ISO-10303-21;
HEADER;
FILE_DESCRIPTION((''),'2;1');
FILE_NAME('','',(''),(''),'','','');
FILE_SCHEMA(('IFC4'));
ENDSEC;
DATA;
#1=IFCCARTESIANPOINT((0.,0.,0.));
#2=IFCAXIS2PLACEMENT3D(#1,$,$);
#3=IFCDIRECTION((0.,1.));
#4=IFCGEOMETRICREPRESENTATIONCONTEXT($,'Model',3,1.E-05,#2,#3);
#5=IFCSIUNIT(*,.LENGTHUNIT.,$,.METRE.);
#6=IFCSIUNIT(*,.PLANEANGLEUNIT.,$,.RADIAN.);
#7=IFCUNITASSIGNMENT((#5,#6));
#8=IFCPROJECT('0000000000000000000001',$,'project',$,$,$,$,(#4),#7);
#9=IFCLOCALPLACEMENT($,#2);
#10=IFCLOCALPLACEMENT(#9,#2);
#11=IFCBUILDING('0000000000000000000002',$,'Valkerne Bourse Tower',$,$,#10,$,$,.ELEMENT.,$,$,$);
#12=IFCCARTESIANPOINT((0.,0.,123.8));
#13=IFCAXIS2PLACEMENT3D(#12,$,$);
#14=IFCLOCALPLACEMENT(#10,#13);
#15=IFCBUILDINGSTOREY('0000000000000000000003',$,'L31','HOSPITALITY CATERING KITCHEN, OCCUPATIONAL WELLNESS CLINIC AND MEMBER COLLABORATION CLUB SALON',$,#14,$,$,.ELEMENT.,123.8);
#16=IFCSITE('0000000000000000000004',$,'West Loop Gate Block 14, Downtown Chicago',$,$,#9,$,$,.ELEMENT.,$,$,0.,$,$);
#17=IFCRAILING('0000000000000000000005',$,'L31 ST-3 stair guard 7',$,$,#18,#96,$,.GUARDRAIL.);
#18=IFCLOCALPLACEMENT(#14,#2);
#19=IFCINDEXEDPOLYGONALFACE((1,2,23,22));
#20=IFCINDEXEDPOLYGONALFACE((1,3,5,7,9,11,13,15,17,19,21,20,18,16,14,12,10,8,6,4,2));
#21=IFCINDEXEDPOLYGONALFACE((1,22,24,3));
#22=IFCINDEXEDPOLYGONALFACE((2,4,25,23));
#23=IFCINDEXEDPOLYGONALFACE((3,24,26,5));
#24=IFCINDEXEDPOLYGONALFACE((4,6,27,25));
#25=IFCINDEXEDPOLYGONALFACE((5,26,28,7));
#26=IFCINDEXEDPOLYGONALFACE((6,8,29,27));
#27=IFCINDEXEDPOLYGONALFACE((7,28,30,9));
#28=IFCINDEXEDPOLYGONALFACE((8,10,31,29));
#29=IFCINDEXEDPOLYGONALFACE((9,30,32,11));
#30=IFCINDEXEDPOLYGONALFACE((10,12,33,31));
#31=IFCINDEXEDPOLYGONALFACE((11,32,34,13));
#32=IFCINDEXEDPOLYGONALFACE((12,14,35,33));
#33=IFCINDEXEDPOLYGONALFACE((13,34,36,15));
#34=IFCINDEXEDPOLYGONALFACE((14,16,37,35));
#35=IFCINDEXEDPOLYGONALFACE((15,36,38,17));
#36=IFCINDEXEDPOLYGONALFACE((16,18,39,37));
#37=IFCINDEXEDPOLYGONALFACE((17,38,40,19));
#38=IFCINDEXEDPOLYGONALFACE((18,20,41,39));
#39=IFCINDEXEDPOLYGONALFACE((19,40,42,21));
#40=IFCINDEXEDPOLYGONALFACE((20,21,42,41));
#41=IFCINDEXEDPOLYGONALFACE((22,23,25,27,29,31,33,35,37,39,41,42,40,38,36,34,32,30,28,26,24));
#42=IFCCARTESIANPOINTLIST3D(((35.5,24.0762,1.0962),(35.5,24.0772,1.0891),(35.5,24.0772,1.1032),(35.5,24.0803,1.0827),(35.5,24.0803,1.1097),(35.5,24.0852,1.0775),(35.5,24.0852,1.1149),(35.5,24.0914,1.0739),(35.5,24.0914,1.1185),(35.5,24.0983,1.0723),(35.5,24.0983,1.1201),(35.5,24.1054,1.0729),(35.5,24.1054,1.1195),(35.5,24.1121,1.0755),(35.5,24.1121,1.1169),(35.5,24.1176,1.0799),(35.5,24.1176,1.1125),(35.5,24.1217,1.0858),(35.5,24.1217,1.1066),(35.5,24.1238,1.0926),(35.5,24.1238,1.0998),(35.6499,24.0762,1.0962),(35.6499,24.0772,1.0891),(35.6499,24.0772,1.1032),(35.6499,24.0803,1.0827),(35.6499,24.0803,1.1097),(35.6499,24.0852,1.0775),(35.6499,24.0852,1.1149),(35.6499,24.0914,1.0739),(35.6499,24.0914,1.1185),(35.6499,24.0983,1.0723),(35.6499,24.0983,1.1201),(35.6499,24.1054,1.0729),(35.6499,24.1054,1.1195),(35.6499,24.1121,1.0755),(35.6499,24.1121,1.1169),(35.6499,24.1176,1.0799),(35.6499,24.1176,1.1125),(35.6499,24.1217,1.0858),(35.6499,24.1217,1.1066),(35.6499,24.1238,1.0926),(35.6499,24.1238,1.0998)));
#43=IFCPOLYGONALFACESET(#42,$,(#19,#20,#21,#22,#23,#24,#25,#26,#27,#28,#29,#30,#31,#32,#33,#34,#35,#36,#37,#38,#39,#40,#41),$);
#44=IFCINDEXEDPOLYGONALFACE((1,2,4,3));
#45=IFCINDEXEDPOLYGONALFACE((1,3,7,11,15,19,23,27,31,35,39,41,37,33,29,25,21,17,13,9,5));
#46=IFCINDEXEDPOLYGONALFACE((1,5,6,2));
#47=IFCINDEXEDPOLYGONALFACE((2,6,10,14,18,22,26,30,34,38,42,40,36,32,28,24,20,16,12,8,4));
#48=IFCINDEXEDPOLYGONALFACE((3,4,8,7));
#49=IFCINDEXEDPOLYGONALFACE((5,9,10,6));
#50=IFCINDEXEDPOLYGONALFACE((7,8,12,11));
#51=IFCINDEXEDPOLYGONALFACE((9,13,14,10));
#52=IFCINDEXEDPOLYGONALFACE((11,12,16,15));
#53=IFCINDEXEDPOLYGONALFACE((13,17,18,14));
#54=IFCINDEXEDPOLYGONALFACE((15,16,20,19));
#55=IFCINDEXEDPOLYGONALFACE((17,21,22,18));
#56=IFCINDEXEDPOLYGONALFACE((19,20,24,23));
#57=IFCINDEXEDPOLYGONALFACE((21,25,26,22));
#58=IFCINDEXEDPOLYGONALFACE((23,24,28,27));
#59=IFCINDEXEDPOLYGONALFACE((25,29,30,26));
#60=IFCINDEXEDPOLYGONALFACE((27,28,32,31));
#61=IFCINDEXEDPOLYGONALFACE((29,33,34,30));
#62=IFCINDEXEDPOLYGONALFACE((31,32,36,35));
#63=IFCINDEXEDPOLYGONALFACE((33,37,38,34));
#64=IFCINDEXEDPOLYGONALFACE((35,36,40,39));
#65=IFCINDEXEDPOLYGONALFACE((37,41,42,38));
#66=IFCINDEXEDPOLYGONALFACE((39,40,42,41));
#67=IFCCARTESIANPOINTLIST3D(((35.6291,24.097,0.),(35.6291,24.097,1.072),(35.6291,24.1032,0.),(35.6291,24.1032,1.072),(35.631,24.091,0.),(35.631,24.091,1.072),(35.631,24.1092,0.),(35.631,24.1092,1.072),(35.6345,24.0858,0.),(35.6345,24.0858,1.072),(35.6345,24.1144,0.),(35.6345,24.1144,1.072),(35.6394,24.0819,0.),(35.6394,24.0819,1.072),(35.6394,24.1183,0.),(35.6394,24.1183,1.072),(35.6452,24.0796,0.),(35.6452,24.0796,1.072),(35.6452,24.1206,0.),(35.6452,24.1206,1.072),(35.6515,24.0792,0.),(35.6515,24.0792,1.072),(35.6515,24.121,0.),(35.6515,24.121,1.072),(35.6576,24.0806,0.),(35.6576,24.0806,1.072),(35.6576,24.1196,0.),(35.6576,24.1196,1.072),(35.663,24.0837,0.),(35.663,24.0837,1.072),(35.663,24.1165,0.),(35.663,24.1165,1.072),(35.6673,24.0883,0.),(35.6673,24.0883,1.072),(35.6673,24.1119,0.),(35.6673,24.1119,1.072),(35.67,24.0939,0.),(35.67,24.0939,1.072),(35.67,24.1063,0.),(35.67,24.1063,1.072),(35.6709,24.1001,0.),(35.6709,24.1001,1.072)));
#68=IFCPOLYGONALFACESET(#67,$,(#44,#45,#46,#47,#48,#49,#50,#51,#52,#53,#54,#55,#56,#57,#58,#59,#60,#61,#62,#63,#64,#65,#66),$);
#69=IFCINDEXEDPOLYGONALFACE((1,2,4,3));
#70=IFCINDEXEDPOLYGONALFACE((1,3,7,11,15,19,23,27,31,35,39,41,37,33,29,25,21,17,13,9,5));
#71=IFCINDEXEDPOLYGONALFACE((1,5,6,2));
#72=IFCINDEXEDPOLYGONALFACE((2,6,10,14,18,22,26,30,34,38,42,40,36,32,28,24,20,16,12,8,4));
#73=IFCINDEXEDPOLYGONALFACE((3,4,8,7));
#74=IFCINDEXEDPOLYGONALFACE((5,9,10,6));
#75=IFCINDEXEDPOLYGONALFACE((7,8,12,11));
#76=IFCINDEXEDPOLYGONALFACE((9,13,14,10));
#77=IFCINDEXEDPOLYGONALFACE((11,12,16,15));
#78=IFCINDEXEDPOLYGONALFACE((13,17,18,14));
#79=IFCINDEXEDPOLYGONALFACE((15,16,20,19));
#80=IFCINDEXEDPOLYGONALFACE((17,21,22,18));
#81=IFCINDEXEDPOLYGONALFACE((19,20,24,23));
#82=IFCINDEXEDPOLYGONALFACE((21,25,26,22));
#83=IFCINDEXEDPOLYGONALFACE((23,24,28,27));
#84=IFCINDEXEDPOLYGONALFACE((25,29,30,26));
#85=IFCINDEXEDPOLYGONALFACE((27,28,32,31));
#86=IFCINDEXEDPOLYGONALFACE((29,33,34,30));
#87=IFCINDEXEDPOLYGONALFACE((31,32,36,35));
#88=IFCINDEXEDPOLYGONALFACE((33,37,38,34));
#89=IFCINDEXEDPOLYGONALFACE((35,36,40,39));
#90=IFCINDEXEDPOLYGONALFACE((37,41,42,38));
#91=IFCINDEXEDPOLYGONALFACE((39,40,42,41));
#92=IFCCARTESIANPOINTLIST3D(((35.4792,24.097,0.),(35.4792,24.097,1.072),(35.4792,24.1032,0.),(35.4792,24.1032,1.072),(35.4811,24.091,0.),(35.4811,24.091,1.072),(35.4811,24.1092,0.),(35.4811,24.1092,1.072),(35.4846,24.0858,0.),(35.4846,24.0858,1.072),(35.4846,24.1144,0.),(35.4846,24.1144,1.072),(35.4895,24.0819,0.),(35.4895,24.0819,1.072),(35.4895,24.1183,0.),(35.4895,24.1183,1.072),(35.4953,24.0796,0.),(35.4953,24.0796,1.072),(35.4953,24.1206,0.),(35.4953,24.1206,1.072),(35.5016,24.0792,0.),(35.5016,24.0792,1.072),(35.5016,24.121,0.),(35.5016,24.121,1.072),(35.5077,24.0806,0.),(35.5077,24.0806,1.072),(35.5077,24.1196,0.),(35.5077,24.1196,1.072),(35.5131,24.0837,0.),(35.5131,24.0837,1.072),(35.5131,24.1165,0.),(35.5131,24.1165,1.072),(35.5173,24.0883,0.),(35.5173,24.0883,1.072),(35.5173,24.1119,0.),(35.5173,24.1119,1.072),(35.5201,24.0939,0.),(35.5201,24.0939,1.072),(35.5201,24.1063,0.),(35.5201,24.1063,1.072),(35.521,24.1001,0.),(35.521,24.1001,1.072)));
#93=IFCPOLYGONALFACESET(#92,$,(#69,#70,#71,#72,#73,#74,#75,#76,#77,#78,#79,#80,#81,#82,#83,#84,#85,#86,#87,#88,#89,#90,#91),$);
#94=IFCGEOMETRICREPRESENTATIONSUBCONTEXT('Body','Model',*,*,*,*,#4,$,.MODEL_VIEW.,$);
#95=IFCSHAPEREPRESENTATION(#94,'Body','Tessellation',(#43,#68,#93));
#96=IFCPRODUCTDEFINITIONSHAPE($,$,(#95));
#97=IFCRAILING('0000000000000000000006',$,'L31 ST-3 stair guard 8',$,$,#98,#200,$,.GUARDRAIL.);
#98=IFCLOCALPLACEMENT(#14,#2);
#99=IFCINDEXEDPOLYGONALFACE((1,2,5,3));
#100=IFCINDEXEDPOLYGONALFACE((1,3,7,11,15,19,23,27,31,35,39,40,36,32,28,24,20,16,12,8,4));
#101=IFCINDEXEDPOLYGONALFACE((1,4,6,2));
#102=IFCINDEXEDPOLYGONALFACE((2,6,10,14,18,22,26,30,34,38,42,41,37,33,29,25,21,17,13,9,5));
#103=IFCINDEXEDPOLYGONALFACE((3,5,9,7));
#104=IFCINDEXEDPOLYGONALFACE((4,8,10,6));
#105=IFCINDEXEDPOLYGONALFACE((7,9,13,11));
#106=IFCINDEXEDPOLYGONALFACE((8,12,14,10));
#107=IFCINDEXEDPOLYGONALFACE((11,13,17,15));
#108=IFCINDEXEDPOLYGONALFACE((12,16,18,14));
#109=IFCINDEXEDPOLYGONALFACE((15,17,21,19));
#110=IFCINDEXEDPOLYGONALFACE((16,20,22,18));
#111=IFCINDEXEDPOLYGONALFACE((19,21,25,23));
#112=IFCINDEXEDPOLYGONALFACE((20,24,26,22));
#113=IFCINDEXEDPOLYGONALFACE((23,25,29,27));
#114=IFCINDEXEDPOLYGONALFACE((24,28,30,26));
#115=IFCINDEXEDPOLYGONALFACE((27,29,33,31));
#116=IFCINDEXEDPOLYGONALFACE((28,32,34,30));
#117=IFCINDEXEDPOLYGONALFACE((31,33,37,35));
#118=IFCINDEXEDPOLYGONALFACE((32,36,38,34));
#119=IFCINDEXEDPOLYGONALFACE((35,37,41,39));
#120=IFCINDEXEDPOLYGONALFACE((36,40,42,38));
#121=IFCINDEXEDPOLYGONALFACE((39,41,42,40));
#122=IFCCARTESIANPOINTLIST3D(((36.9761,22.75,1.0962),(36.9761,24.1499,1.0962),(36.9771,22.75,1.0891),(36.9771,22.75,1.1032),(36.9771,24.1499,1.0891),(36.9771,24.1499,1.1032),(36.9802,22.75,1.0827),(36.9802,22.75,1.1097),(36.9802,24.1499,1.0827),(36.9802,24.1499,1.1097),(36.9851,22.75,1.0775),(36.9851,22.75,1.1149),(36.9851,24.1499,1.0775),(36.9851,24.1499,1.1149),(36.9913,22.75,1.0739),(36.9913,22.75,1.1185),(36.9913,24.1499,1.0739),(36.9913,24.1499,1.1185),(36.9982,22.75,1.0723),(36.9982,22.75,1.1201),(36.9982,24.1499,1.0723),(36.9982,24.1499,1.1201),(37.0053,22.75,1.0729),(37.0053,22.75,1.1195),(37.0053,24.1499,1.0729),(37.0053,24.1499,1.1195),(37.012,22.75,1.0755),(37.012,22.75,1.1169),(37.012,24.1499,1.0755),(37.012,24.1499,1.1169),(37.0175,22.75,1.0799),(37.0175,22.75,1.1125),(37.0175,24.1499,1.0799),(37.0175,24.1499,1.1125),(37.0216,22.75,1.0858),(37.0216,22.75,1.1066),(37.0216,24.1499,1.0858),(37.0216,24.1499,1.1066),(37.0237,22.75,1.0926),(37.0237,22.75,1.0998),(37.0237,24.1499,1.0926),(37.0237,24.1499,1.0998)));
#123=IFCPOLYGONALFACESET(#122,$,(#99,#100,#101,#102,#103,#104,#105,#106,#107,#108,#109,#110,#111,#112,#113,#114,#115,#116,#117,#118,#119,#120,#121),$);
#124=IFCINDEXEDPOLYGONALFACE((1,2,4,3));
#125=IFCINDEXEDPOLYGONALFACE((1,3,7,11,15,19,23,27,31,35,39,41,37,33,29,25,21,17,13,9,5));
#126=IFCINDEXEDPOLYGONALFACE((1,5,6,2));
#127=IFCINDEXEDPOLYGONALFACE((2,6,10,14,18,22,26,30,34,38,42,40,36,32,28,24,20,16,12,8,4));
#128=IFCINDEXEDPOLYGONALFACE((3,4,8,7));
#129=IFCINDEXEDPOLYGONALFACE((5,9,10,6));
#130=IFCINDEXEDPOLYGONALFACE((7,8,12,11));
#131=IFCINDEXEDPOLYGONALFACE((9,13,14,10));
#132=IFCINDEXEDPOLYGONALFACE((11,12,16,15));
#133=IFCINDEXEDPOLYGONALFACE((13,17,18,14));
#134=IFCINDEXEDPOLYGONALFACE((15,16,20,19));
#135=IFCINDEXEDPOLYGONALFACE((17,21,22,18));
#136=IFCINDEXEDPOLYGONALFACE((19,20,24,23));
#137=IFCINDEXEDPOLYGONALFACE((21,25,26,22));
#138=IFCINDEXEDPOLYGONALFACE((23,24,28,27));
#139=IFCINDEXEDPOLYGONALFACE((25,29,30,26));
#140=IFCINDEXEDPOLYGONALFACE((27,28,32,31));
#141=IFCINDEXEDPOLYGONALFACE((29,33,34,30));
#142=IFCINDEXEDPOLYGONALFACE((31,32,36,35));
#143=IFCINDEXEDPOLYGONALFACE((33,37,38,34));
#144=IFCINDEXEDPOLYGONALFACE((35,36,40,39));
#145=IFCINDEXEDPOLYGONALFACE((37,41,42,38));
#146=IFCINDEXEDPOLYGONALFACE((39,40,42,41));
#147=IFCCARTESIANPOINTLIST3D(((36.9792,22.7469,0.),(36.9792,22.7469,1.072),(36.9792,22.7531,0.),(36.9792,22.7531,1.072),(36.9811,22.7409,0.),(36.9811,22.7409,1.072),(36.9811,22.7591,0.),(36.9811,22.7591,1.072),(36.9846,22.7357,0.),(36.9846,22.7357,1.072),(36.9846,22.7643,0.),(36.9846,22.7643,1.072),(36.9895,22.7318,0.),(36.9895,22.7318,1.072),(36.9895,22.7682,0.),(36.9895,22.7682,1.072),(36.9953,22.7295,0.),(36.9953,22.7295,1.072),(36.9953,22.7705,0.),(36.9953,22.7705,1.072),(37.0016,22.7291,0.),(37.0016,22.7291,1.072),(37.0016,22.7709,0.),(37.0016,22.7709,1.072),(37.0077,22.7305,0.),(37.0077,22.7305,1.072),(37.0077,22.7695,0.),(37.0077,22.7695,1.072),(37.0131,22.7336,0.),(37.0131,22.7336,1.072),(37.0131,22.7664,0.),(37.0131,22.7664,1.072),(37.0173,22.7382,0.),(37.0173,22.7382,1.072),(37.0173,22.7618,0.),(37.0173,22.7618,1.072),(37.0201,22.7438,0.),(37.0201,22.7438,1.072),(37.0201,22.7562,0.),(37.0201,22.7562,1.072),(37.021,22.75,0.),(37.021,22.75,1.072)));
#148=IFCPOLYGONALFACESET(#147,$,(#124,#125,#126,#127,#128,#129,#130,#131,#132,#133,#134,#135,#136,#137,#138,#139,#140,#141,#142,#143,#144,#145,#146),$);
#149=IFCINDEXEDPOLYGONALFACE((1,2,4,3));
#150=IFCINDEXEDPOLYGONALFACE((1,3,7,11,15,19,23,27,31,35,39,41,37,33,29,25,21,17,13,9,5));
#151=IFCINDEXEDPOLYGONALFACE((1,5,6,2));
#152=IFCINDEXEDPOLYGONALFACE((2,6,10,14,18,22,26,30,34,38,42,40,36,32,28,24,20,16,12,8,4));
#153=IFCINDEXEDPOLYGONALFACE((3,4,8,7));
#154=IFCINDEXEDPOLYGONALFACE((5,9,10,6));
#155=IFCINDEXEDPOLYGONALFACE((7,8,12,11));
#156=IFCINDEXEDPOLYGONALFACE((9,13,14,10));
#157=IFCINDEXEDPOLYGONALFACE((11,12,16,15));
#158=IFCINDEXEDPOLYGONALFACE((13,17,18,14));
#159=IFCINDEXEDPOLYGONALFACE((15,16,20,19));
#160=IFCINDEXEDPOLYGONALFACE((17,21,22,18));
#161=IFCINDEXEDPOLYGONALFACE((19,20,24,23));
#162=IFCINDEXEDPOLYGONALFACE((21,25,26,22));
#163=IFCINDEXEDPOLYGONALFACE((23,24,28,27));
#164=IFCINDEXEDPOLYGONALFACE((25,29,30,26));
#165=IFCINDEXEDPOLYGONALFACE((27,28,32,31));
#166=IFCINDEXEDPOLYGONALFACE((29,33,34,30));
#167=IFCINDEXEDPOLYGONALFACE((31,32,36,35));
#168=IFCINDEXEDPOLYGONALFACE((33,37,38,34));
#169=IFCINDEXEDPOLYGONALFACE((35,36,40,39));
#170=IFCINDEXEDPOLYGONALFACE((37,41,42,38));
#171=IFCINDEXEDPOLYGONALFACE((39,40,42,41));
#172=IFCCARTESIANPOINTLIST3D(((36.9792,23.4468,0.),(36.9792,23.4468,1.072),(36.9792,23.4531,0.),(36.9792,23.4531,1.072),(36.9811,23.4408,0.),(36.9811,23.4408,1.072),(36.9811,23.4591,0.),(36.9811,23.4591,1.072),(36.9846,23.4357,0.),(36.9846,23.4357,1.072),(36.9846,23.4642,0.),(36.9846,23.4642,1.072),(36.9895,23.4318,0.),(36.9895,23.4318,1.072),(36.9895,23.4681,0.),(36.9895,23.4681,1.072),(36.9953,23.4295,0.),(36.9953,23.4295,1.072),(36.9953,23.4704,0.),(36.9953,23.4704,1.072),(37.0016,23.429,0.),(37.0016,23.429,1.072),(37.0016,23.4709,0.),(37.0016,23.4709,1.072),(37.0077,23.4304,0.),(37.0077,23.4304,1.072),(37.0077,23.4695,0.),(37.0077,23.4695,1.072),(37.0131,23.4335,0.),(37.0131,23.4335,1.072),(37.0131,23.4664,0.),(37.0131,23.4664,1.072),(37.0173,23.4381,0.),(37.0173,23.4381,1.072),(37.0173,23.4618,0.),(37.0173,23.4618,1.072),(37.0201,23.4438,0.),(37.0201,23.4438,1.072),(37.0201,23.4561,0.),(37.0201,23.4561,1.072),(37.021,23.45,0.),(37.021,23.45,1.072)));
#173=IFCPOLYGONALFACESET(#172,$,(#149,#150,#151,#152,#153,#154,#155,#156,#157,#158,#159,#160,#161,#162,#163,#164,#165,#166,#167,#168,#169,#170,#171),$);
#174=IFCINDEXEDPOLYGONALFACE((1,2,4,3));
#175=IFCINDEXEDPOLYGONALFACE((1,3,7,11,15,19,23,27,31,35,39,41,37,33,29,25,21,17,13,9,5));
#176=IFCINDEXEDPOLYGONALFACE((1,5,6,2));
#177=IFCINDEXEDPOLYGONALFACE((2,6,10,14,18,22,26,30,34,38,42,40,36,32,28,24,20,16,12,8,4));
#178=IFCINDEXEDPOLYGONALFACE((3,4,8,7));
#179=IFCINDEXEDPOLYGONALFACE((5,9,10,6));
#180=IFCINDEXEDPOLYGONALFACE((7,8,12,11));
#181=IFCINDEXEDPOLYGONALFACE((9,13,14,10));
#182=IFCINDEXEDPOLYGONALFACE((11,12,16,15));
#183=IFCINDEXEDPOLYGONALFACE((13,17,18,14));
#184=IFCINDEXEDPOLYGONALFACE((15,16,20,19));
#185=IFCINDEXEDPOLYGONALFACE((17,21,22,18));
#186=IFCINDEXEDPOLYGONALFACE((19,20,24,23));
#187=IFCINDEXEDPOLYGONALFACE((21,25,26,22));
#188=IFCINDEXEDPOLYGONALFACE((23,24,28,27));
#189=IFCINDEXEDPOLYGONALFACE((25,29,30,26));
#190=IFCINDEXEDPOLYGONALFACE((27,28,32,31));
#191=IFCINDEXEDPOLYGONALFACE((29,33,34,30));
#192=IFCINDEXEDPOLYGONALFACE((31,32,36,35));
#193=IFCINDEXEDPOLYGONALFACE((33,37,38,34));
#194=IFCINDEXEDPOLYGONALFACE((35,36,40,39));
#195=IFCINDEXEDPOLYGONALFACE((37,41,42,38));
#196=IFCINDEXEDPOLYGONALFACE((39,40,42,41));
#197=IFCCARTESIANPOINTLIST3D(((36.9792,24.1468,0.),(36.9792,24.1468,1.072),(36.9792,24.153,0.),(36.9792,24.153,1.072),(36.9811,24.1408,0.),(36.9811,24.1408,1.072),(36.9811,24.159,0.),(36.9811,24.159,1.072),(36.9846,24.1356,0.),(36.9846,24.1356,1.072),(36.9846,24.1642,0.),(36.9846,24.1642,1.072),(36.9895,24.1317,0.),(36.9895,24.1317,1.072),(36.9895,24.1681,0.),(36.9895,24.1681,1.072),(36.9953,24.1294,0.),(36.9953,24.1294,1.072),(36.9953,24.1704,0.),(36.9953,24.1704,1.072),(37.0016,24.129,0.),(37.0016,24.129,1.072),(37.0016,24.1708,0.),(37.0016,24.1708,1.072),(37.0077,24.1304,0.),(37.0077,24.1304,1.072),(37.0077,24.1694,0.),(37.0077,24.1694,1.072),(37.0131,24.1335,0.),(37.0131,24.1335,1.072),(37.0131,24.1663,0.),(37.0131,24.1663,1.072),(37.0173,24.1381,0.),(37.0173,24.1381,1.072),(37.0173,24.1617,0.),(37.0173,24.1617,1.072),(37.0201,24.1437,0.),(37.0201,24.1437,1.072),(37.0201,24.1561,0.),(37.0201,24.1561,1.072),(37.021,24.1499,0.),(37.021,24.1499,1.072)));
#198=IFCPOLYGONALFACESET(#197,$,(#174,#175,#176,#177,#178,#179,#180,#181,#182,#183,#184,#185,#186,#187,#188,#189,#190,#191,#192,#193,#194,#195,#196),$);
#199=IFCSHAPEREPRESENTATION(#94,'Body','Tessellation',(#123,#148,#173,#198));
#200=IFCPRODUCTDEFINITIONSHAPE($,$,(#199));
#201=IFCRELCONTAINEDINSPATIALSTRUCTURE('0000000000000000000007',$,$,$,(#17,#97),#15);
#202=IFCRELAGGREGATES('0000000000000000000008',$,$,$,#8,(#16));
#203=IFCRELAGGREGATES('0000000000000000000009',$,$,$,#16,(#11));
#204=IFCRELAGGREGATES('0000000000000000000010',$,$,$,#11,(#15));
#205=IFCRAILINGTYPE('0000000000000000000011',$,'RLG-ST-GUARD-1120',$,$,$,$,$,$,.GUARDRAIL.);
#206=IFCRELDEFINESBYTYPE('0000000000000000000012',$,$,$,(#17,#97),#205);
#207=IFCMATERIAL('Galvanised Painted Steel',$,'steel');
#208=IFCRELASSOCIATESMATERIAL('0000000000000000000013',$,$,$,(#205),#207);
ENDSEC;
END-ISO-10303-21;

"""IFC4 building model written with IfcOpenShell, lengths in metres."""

from ifc_helpers import new_model, si_unit, direction, frame, origin, origin_2d, place, context, subcontext, project, spatial, circle, extrude, material, type_object, element, save


model = new_model("IFC4")

# Units and contexts
model_context = context("Model", 3, precision=1e-05, world=origin(), true_north=direction((0.0, 1.0)))
body_context = subcontext(model_context, "Body", "Model", "MODEL_VIEW")
ifc_project = project(units=[si_unit("LENGTHUNIT", "METRE"), si_unit("PLANEANGLEUNIT", "RADIAN")], contexts=[model_context])

# Site, building, storey
site_placement = place(None, origin())
site = spatial("IfcSite", under=ifc_project, at=site_placement, Name="West Loop Gate Block 14, Downtown Chicago", CompositionType="ELEMENT", RefElevation=0.0)
building_placement = place(site_placement, origin())
building = spatial("IfcBuilding", under=site, at=building_placement, Name="Valkerne Bourse Tower", CompositionType="ELEMENT")
storey_placement = place(building_placement, frame((0.0, 0.0, 123.8)))
storey = spatial("IfcBuildingStorey", under=building, at=storey_placement, Name="L31", Description="HOSPITALITY CATERING KITCHEN, OCCUPATIONAL WELLNESS CLINIC AND MEMBER COLLABORATION CLUB SALON", CompositionType="ELEMENT", Elevation=123.8)

# Shared definitions
ifc_material_1 = material(Name="Galvanised Painted Steel", Category="steel")

# Railings
railing_type_1 = type_object("IfcRailingType", Name="RLG-ST-GUARD-1120", PredefinedType="GUARDRAIL", material=ifc_material_1)
railing_1_placement = place(storey_placement, frame((35.6499, 24.1001, 0.0)))
element("IfcRailing", 1, at=railing_1_placement, inside=storey, type_object=railing_type_1, Name="L31 ST-3 stair guard 7", PredefinedType="GUARDRAIL", context=body_context, shape_type="SweptSolid", body=[
    extrude(circle(Radius=0.0239, at=origin_2d()), frame((0.0, 0.0, 1.0962), z_axis=(-1.0, 0.0, 0.0), x_axis=(0.0, -1.0, 0.0)), (0.0, 0.0, 1.0), 0.1499),
    extrude(circle(Radius=0.021, at=origin_2d()), origin(), (0.0, 0.0, 1.0), 1.072),
    extrude(circle(Radius=0.021, at=origin_2d()), frame((-0.1499, 0.0, 0.0)), (0.0, 0.0, 1.0), 1.072),
])
for number, where, name in (
    (2, (37.0, 22.75, 0.0), "L31 ST-3 stair guard 8"),
):
    element("IfcRailing", number, at=place(storey_placement, frame(where)), inside=storey, type_object=railing_type_1, Name=name, PredefinedType="GUARDRAIL", context=body_context, shape_type="SweptSolid", body=[
        extrude(circle(Radius=0.0239, at=origin_2d()), frame((0.0, 0.0, 1.0962), z_axis=(0.0, 1.0, 0.0), x_axis=(-1.0, 0.0, 0.0)), (0.0, 0.0, 1.0), 1.3999),
        extrude(circle(Radius=0.021, at=origin_2d()), origin(), (0.0, 0.0, 1.0), 1.072),
        extrude(circle(Radius=0.021, at=origin_2d()), frame((0.0, 0.7, 0.0)), (0.0, 0.0, 1.0), 1.072),
        extrude(circle(Radius=0.021, at=origin_2d()), frame((0.0, 1.3999, 0.0)), (0.0, 0.0, 1.0), 1.072),
    ])

save(model, "model.ifc")
